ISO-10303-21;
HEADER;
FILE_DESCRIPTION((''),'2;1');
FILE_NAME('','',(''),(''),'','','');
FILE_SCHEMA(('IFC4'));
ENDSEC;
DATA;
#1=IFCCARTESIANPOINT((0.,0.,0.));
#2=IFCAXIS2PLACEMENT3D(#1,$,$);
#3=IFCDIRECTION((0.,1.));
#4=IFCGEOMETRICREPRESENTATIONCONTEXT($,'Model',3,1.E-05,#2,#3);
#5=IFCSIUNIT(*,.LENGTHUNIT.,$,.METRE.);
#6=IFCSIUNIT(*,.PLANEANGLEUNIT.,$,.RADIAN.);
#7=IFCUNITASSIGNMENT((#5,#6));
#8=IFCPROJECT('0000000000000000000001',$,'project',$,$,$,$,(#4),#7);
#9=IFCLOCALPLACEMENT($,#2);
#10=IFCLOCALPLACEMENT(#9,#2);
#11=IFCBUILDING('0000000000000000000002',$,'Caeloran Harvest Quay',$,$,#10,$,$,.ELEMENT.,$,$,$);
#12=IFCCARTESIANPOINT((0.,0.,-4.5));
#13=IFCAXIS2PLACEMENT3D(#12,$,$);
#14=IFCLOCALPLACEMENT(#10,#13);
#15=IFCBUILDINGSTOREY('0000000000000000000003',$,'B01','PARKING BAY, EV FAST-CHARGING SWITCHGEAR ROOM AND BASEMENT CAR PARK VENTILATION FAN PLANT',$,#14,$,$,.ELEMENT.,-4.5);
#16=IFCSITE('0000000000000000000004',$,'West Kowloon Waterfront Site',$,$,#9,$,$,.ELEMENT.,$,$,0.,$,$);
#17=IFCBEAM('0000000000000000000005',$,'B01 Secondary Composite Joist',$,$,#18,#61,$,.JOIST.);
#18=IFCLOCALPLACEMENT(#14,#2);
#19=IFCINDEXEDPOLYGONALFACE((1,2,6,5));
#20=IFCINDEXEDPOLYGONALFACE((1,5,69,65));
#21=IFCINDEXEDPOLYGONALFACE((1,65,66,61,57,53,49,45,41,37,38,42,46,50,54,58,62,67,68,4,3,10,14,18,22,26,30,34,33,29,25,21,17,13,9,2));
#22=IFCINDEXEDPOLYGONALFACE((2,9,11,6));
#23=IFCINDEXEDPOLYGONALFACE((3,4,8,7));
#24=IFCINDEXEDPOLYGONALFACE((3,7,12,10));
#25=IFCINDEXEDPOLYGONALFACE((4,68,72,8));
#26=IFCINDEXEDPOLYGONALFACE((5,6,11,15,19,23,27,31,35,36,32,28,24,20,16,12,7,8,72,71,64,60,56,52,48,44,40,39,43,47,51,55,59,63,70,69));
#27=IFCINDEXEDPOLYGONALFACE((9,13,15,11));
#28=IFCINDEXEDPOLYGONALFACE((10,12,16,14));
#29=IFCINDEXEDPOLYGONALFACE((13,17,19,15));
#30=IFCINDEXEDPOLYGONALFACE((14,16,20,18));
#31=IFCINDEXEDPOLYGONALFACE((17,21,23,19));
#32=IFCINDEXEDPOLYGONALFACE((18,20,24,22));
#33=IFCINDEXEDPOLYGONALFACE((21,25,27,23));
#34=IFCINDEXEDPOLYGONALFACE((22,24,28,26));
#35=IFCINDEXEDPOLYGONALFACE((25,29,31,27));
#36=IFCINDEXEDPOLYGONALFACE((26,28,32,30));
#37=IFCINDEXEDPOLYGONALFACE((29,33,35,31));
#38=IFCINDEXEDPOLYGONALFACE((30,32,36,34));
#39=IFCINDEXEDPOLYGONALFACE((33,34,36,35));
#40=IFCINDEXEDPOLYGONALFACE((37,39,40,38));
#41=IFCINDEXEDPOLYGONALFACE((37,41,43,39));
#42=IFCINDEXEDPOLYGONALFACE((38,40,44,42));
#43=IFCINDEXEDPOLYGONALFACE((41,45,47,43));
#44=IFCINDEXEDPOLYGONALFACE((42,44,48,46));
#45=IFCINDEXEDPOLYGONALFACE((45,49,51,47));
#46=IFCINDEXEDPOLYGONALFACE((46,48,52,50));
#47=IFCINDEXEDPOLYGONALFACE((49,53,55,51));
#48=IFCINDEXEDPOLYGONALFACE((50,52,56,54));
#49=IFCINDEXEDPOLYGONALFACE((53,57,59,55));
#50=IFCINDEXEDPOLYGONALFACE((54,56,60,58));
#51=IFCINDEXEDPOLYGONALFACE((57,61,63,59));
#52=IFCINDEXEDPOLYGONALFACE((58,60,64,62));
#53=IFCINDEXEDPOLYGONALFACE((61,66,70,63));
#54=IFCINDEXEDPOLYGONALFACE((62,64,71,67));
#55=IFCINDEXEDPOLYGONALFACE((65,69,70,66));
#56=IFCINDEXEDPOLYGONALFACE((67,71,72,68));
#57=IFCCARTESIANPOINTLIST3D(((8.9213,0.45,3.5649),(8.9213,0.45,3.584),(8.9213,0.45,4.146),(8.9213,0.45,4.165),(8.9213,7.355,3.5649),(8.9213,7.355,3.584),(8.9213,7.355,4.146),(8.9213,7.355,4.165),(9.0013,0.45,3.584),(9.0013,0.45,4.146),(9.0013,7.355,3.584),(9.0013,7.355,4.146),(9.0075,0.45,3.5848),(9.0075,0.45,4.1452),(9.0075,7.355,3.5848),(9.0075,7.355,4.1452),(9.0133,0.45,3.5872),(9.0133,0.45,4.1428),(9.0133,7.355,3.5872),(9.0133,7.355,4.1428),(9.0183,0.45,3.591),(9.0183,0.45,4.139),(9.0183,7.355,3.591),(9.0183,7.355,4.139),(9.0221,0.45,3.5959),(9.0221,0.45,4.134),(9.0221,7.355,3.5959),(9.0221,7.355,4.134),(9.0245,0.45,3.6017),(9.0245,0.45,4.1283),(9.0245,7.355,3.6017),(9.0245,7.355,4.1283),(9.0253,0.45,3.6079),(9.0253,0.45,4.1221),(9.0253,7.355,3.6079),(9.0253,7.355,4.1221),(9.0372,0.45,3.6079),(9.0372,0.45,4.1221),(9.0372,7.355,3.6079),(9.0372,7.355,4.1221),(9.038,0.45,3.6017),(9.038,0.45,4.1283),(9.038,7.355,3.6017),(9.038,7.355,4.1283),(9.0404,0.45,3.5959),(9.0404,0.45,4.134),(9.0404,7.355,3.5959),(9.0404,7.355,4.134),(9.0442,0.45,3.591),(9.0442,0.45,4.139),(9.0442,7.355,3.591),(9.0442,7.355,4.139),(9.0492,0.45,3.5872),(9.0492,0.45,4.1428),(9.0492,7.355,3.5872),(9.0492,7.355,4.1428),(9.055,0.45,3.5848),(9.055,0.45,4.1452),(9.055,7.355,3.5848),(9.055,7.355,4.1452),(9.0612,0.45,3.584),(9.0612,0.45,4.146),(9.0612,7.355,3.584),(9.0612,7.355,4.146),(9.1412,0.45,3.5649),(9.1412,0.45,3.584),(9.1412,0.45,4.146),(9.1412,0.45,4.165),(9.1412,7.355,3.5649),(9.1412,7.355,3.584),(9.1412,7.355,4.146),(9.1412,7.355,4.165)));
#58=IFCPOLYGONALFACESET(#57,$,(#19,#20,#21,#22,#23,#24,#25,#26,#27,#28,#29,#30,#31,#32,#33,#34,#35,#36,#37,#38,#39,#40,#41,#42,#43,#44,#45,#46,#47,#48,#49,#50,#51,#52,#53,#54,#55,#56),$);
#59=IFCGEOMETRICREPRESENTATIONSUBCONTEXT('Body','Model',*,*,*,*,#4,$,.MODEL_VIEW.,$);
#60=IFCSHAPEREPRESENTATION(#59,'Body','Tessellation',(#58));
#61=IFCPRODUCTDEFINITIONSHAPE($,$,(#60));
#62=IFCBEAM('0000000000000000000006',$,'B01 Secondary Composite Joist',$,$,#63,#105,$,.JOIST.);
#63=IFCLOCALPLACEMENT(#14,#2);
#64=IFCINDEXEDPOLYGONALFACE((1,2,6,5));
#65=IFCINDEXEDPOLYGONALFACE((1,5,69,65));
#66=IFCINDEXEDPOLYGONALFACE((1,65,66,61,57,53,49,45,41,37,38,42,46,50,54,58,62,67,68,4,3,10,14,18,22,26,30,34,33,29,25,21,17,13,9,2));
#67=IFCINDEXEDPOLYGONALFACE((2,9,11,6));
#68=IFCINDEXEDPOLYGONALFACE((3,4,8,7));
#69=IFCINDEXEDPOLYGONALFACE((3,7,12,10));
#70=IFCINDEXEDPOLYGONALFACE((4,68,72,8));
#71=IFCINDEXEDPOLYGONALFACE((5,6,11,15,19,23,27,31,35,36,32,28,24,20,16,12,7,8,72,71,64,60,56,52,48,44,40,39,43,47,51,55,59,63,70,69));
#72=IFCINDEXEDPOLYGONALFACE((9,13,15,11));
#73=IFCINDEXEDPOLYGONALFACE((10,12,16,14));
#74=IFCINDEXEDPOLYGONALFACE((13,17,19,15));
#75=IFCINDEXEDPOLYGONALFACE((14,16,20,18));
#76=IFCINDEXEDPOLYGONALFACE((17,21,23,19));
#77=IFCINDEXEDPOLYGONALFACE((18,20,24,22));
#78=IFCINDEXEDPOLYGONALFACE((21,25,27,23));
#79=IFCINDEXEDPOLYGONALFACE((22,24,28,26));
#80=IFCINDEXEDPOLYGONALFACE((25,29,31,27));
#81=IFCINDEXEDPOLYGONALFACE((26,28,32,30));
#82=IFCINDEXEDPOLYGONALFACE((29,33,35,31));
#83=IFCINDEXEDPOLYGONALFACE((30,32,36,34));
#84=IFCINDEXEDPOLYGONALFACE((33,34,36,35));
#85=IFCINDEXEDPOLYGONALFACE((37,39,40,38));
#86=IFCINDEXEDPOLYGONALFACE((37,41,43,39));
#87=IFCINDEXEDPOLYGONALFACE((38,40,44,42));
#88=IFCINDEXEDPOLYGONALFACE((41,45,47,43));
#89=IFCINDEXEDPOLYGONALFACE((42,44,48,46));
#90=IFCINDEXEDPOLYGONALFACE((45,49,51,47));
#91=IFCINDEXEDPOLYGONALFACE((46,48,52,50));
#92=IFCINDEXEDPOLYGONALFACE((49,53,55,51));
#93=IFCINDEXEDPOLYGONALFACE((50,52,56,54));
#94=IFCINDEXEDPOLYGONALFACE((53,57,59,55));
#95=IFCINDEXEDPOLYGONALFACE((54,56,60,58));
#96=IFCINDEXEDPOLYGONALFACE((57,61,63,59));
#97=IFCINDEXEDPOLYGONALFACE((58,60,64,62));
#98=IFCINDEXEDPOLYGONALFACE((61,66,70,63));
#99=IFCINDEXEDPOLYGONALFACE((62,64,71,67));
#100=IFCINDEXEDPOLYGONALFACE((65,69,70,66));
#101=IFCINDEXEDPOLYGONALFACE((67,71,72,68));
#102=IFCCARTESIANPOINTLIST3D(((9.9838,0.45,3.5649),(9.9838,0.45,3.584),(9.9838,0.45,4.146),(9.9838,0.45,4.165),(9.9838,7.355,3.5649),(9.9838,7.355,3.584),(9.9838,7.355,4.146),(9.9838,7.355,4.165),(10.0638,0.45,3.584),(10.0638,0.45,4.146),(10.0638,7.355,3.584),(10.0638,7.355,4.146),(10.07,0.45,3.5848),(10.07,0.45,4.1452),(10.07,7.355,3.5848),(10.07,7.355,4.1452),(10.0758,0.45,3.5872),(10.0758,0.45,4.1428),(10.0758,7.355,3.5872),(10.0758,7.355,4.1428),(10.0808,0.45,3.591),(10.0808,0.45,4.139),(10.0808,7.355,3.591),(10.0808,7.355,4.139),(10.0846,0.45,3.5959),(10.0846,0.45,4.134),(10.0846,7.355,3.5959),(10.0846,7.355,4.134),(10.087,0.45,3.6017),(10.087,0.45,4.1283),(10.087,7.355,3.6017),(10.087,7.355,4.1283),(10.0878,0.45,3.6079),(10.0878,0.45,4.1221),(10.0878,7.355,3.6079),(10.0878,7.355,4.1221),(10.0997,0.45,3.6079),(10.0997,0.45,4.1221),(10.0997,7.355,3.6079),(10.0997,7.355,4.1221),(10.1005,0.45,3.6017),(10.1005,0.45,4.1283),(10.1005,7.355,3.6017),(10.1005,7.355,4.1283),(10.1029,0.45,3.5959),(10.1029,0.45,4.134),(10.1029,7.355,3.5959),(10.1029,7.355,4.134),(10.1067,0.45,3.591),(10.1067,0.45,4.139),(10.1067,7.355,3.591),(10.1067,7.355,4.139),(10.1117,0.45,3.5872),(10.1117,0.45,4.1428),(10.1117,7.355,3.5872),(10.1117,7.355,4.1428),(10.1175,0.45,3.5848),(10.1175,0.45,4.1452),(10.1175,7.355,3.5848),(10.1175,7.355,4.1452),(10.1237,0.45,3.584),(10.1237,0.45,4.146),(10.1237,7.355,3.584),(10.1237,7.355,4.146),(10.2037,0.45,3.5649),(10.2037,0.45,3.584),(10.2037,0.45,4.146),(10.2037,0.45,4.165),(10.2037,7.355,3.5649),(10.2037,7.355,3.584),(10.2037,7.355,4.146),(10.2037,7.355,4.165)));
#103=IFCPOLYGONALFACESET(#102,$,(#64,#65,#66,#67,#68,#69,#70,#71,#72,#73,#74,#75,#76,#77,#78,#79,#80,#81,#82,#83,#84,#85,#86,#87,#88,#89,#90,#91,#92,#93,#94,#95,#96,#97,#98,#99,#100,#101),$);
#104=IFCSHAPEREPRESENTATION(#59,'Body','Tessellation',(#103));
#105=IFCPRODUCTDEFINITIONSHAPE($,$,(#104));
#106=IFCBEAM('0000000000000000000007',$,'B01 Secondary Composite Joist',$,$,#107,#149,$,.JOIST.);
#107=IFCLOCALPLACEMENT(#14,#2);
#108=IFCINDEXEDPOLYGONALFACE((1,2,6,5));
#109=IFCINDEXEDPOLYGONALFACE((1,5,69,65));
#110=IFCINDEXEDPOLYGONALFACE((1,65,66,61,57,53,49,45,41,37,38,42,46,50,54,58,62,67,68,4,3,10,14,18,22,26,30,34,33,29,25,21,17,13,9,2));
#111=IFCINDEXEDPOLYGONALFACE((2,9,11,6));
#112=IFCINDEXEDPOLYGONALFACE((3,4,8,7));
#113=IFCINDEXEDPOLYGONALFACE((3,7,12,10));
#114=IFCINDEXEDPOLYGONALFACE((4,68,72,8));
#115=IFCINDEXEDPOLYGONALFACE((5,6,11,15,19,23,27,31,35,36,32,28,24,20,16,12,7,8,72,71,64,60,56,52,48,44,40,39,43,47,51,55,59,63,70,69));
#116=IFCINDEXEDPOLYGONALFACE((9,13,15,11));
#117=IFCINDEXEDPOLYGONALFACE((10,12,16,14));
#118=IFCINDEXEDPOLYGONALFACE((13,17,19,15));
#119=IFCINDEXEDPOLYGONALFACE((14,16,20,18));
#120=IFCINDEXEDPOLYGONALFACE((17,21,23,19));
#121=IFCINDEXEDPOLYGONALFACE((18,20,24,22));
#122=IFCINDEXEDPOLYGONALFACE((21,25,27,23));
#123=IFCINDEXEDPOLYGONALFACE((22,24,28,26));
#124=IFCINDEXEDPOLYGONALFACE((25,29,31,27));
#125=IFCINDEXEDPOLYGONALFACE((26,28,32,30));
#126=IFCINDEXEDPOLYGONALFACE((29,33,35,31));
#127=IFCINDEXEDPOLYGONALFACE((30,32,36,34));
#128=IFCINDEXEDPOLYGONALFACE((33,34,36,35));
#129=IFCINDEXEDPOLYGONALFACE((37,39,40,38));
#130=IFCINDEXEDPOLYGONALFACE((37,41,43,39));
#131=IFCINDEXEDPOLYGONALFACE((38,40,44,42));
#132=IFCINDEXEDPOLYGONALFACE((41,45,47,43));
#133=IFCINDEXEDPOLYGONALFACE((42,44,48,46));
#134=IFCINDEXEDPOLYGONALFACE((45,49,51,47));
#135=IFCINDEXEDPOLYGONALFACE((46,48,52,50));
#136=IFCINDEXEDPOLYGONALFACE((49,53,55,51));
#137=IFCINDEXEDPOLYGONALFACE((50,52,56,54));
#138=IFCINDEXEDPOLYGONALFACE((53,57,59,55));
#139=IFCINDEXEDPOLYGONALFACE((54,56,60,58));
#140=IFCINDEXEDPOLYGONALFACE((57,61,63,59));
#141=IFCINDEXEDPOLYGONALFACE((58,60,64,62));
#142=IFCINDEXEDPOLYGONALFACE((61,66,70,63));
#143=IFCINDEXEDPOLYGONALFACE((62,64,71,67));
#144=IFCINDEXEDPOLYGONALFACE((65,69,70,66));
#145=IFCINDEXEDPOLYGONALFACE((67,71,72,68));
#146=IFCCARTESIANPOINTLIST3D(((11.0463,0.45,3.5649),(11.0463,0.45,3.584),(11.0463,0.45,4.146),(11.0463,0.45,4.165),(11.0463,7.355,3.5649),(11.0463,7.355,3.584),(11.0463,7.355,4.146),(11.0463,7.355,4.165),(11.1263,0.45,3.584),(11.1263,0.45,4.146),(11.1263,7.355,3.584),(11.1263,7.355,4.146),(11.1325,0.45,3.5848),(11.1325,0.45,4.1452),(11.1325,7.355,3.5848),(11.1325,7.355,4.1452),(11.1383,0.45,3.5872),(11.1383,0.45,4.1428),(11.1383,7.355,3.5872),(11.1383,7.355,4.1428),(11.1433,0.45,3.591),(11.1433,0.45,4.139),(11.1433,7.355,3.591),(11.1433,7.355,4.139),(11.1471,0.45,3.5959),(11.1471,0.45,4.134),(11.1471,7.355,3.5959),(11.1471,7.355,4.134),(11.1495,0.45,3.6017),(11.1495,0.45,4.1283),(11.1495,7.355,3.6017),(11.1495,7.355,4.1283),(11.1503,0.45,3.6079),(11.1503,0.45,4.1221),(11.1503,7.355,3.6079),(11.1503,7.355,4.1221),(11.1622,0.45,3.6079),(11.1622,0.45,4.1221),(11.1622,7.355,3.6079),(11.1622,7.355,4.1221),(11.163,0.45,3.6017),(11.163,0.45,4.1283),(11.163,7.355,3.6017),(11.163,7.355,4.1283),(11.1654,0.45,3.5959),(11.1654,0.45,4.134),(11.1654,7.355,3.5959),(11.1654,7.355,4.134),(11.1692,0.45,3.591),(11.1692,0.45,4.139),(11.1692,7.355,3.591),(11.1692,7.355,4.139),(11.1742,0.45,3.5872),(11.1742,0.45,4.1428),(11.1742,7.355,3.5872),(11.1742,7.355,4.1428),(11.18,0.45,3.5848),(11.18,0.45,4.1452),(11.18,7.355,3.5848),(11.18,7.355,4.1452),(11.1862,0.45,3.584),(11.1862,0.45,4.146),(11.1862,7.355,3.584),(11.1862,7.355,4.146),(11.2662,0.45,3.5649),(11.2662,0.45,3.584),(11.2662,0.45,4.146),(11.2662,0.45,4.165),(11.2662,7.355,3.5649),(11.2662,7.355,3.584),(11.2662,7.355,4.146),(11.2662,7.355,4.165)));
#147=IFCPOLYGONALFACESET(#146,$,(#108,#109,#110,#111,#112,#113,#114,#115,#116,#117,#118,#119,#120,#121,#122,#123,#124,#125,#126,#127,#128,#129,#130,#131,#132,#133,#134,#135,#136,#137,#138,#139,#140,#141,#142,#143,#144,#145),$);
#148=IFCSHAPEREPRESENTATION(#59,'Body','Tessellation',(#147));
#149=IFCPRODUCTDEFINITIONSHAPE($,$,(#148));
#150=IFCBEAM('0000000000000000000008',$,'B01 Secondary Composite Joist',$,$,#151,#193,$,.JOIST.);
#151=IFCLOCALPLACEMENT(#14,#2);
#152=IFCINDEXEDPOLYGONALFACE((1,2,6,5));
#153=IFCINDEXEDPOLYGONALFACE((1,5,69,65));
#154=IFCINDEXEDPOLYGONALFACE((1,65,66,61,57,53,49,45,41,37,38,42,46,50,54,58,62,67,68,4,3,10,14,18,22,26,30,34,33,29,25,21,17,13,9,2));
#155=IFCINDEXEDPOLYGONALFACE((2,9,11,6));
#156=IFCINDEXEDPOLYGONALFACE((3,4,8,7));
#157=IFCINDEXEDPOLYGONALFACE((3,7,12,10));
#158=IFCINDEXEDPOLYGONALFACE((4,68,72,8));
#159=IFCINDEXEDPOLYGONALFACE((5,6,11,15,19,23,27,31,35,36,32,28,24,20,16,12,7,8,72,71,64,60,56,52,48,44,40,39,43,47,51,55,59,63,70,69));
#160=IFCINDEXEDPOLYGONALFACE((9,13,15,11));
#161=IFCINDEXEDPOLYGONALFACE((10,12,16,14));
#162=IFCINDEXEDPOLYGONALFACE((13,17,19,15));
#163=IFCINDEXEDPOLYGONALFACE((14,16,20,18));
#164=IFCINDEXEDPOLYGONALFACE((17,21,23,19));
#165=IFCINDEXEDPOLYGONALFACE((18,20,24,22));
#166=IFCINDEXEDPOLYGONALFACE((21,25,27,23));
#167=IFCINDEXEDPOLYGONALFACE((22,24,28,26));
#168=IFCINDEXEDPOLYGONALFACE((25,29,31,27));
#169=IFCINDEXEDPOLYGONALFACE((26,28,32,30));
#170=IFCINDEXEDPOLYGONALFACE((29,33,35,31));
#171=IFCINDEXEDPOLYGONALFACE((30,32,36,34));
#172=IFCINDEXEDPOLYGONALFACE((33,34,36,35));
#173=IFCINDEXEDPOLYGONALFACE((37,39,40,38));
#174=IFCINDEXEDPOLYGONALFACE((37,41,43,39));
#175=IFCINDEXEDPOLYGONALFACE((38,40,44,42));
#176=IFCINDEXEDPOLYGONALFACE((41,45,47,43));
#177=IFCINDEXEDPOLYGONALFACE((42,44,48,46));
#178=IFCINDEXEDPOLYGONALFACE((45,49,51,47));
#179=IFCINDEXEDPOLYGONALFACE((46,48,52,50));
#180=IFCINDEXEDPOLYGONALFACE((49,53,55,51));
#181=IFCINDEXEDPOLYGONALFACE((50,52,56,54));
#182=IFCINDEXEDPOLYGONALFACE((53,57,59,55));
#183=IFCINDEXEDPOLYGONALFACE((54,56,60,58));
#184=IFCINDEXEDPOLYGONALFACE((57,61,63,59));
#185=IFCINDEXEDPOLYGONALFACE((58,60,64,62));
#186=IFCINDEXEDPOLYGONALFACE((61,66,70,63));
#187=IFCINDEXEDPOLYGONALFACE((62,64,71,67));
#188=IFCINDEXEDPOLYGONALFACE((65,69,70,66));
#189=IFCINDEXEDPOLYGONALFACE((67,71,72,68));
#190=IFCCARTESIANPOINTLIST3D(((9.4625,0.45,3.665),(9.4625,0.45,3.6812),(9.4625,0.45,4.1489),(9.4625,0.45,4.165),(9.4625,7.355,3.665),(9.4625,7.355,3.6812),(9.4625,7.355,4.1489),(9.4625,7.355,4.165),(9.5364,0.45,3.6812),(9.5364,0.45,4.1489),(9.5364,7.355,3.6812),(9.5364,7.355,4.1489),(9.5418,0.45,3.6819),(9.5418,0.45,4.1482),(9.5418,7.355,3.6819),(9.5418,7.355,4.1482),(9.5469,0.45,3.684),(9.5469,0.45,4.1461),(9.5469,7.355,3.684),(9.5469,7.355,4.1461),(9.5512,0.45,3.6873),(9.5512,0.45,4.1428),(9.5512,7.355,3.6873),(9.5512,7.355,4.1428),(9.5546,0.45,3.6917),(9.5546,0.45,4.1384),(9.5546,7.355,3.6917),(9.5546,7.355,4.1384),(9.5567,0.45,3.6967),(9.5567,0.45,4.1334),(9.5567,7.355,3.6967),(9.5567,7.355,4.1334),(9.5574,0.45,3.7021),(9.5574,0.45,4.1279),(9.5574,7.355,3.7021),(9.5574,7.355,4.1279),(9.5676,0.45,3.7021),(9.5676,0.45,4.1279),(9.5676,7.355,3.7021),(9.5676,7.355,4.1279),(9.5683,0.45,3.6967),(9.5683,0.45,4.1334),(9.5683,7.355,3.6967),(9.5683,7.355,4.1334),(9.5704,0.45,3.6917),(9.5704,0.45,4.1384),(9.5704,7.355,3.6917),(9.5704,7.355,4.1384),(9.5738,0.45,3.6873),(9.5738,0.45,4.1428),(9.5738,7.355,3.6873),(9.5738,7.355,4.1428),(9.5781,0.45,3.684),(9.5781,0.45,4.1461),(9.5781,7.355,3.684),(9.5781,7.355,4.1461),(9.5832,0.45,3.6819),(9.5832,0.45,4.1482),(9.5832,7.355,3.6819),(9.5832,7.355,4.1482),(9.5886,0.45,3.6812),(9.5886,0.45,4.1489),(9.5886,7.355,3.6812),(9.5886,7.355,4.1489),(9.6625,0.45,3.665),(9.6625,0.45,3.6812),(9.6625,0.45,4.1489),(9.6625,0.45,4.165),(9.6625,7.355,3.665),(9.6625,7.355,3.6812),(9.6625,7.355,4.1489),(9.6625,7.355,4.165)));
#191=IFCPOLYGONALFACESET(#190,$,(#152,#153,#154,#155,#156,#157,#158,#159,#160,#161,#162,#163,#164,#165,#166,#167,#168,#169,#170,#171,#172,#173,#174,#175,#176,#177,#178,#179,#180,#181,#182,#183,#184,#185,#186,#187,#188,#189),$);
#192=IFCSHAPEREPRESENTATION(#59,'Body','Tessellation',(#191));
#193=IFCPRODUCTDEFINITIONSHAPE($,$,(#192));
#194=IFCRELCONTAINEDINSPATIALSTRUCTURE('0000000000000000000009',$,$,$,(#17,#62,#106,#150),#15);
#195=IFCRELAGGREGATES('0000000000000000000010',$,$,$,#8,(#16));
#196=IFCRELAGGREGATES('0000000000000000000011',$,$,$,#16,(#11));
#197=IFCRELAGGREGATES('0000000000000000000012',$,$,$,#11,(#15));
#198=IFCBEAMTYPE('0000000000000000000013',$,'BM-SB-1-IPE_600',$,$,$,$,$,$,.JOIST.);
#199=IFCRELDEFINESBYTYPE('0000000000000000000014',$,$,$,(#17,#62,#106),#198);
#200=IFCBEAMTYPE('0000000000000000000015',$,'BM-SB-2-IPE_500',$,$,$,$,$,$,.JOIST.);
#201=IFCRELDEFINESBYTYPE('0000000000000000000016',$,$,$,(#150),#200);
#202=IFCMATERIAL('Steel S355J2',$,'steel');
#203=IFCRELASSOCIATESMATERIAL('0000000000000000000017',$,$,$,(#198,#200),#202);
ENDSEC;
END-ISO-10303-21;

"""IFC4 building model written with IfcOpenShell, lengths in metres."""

from ifc_helpers import new_model, si_unit, direction, frame, origin, origin_2d, place, context, subcontext, project, spatial, i_section, extrude, material, material_profile, profile_set, type_object, element, save


model = new_model("IFC4")

# Units and contexts
model_context = context("Model", 3, precision=1e-05, world=origin(), true_north=direction((0.0, 1.0)))
body_context = subcontext(model_context, "Body", "Model", "MODEL_VIEW")
ifc_project = project(units=[si_unit("LENGTHUNIT", "METRE"), si_unit("PLANEANGLEUNIT", "RADIAN")], contexts=[model_context])

# Site, building, storey
site_placement = place(None, origin())
site = spatial("IfcSite", under=ifc_project, at=site_placement, Name="West Kowloon Waterfront Site", CompositionType="ELEMENT", RefElevation=0.0)
building_placement = place(site_placement, origin())
building = spatial("IfcBuilding", under=site, at=building_placement, Name="Caeloran Harvest Quay", CompositionType="ELEMENT")
storey_placement = place(building_placement, frame((0.0, 0.0, -4.5)))
storey = spatial("IfcBuildingStorey", under=building, at=storey_placement, Name="B01", Description="PARKING BAY, EV FAST-CHARGING SWITCHGEAR ROOM AND BASEMENT CAR PARK VENTILATION FAN PLANT", CompositionType="ELEMENT", Elevation=-4.5)

# Beams
ifc_material_1 = material(Name="Steel S355J2", Category="steel")
ifc_material_profile_1 = material_profile(ifc_material_1, i_section(OverallWidth=0.22, OverallDepth=0.6001, WebThickness=0.012, FlangeThickness=0.019, FilletRadius=0.0239, at=origin_2d()), Name="IPE 600")
ifc_profile_set_1 = profile_set([ifc_material_profile_1], Name="Steel S355J2")
beam_type_1 = type_object("IfcBeamType", Name="BM-SB-1-IPE_600", PredefinedType="JOIST", material=ifc_profile_set_1)
for number, where, z_axis, x_axis, name in (
    (1, (9.0312, 0.45, 3.865), (0.0, 1.0, 0.0), (-1.0, 0.0, 0.0), "B01 Secondary Composite Joist"),
    (2, (10.0938, 0.45, 3.865), (0.0, 1.0, 0.0), (-1.0, 0.0, 0.0), "B01 Secondary Composite Joist"),
    (3, (11.1562, 0.45, 3.865), (0.0, 1.0, 0.0), (-1.0, 0.0, 0.0), "B01 Secondary Composite Joist"),
):
    element("IfcBeam", number, at=place(storey_placement, frame(where, z_axis=z_axis, x_axis=x_axis)), inside=storey, type_object=beam_type_1, Name=name, PredefinedType="JOIST", context=body_context, shape_type="SweptSolid", body=[
        extrude(i_section(OverallWidth=0.22, OverallDepth=0.6001, WebThickness=0.012, FlangeThickness=0.019, FilletRadius=0.0239, at=origin_2d()), origin(), (0.0, 0.0, 1.0), 6.905),
    ])
ifc_material_profile_2 = material_profile(ifc_material_1, i_section(OverallWidth=0.2, OverallDepth=0.5, WebThickness=0.0103, FlangeThickness=0.0161, FilletRadius=0.021, at=origin_2d()), Name="IPE 500")
ifc_profile_set_2 = profile_set([ifc_material_profile_2], Name="Steel S355J2")
beam_type_2 = type_object("IfcBeamType", Name="BM-SB-2-IPE_500", PredefinedType="JOIST", material=ifc_profile_set_2)
for number, where, z_axis, x_axis, name in (
    (4, (9.5625, 0.45, 3.915), (0.0, 1.0, 0.0), (-1.0, 0.0, 0.0), "B01 Secondary Composite Joist"),
):
    element("IfcBeam", number, at=place(storey_placement, frame(where, z_axis=z_axis, x_axis=x_axis)), inside=storey, type_object=beam_type_2, Name=name, PredefinedType="JOIST", context=body_context, shape_type="SweptSolid", body=[
        extrude(i_section(OverallWidth=0.2, OverallDepth=0.5, WebThickness=0.0103, FlangeThickness=0.0161, FilletRadius=0.021, at=origin_2d()), origin(), (0.0, 0.0, 1.0), 6.905),
    ])

save(model, "model.ifc")
